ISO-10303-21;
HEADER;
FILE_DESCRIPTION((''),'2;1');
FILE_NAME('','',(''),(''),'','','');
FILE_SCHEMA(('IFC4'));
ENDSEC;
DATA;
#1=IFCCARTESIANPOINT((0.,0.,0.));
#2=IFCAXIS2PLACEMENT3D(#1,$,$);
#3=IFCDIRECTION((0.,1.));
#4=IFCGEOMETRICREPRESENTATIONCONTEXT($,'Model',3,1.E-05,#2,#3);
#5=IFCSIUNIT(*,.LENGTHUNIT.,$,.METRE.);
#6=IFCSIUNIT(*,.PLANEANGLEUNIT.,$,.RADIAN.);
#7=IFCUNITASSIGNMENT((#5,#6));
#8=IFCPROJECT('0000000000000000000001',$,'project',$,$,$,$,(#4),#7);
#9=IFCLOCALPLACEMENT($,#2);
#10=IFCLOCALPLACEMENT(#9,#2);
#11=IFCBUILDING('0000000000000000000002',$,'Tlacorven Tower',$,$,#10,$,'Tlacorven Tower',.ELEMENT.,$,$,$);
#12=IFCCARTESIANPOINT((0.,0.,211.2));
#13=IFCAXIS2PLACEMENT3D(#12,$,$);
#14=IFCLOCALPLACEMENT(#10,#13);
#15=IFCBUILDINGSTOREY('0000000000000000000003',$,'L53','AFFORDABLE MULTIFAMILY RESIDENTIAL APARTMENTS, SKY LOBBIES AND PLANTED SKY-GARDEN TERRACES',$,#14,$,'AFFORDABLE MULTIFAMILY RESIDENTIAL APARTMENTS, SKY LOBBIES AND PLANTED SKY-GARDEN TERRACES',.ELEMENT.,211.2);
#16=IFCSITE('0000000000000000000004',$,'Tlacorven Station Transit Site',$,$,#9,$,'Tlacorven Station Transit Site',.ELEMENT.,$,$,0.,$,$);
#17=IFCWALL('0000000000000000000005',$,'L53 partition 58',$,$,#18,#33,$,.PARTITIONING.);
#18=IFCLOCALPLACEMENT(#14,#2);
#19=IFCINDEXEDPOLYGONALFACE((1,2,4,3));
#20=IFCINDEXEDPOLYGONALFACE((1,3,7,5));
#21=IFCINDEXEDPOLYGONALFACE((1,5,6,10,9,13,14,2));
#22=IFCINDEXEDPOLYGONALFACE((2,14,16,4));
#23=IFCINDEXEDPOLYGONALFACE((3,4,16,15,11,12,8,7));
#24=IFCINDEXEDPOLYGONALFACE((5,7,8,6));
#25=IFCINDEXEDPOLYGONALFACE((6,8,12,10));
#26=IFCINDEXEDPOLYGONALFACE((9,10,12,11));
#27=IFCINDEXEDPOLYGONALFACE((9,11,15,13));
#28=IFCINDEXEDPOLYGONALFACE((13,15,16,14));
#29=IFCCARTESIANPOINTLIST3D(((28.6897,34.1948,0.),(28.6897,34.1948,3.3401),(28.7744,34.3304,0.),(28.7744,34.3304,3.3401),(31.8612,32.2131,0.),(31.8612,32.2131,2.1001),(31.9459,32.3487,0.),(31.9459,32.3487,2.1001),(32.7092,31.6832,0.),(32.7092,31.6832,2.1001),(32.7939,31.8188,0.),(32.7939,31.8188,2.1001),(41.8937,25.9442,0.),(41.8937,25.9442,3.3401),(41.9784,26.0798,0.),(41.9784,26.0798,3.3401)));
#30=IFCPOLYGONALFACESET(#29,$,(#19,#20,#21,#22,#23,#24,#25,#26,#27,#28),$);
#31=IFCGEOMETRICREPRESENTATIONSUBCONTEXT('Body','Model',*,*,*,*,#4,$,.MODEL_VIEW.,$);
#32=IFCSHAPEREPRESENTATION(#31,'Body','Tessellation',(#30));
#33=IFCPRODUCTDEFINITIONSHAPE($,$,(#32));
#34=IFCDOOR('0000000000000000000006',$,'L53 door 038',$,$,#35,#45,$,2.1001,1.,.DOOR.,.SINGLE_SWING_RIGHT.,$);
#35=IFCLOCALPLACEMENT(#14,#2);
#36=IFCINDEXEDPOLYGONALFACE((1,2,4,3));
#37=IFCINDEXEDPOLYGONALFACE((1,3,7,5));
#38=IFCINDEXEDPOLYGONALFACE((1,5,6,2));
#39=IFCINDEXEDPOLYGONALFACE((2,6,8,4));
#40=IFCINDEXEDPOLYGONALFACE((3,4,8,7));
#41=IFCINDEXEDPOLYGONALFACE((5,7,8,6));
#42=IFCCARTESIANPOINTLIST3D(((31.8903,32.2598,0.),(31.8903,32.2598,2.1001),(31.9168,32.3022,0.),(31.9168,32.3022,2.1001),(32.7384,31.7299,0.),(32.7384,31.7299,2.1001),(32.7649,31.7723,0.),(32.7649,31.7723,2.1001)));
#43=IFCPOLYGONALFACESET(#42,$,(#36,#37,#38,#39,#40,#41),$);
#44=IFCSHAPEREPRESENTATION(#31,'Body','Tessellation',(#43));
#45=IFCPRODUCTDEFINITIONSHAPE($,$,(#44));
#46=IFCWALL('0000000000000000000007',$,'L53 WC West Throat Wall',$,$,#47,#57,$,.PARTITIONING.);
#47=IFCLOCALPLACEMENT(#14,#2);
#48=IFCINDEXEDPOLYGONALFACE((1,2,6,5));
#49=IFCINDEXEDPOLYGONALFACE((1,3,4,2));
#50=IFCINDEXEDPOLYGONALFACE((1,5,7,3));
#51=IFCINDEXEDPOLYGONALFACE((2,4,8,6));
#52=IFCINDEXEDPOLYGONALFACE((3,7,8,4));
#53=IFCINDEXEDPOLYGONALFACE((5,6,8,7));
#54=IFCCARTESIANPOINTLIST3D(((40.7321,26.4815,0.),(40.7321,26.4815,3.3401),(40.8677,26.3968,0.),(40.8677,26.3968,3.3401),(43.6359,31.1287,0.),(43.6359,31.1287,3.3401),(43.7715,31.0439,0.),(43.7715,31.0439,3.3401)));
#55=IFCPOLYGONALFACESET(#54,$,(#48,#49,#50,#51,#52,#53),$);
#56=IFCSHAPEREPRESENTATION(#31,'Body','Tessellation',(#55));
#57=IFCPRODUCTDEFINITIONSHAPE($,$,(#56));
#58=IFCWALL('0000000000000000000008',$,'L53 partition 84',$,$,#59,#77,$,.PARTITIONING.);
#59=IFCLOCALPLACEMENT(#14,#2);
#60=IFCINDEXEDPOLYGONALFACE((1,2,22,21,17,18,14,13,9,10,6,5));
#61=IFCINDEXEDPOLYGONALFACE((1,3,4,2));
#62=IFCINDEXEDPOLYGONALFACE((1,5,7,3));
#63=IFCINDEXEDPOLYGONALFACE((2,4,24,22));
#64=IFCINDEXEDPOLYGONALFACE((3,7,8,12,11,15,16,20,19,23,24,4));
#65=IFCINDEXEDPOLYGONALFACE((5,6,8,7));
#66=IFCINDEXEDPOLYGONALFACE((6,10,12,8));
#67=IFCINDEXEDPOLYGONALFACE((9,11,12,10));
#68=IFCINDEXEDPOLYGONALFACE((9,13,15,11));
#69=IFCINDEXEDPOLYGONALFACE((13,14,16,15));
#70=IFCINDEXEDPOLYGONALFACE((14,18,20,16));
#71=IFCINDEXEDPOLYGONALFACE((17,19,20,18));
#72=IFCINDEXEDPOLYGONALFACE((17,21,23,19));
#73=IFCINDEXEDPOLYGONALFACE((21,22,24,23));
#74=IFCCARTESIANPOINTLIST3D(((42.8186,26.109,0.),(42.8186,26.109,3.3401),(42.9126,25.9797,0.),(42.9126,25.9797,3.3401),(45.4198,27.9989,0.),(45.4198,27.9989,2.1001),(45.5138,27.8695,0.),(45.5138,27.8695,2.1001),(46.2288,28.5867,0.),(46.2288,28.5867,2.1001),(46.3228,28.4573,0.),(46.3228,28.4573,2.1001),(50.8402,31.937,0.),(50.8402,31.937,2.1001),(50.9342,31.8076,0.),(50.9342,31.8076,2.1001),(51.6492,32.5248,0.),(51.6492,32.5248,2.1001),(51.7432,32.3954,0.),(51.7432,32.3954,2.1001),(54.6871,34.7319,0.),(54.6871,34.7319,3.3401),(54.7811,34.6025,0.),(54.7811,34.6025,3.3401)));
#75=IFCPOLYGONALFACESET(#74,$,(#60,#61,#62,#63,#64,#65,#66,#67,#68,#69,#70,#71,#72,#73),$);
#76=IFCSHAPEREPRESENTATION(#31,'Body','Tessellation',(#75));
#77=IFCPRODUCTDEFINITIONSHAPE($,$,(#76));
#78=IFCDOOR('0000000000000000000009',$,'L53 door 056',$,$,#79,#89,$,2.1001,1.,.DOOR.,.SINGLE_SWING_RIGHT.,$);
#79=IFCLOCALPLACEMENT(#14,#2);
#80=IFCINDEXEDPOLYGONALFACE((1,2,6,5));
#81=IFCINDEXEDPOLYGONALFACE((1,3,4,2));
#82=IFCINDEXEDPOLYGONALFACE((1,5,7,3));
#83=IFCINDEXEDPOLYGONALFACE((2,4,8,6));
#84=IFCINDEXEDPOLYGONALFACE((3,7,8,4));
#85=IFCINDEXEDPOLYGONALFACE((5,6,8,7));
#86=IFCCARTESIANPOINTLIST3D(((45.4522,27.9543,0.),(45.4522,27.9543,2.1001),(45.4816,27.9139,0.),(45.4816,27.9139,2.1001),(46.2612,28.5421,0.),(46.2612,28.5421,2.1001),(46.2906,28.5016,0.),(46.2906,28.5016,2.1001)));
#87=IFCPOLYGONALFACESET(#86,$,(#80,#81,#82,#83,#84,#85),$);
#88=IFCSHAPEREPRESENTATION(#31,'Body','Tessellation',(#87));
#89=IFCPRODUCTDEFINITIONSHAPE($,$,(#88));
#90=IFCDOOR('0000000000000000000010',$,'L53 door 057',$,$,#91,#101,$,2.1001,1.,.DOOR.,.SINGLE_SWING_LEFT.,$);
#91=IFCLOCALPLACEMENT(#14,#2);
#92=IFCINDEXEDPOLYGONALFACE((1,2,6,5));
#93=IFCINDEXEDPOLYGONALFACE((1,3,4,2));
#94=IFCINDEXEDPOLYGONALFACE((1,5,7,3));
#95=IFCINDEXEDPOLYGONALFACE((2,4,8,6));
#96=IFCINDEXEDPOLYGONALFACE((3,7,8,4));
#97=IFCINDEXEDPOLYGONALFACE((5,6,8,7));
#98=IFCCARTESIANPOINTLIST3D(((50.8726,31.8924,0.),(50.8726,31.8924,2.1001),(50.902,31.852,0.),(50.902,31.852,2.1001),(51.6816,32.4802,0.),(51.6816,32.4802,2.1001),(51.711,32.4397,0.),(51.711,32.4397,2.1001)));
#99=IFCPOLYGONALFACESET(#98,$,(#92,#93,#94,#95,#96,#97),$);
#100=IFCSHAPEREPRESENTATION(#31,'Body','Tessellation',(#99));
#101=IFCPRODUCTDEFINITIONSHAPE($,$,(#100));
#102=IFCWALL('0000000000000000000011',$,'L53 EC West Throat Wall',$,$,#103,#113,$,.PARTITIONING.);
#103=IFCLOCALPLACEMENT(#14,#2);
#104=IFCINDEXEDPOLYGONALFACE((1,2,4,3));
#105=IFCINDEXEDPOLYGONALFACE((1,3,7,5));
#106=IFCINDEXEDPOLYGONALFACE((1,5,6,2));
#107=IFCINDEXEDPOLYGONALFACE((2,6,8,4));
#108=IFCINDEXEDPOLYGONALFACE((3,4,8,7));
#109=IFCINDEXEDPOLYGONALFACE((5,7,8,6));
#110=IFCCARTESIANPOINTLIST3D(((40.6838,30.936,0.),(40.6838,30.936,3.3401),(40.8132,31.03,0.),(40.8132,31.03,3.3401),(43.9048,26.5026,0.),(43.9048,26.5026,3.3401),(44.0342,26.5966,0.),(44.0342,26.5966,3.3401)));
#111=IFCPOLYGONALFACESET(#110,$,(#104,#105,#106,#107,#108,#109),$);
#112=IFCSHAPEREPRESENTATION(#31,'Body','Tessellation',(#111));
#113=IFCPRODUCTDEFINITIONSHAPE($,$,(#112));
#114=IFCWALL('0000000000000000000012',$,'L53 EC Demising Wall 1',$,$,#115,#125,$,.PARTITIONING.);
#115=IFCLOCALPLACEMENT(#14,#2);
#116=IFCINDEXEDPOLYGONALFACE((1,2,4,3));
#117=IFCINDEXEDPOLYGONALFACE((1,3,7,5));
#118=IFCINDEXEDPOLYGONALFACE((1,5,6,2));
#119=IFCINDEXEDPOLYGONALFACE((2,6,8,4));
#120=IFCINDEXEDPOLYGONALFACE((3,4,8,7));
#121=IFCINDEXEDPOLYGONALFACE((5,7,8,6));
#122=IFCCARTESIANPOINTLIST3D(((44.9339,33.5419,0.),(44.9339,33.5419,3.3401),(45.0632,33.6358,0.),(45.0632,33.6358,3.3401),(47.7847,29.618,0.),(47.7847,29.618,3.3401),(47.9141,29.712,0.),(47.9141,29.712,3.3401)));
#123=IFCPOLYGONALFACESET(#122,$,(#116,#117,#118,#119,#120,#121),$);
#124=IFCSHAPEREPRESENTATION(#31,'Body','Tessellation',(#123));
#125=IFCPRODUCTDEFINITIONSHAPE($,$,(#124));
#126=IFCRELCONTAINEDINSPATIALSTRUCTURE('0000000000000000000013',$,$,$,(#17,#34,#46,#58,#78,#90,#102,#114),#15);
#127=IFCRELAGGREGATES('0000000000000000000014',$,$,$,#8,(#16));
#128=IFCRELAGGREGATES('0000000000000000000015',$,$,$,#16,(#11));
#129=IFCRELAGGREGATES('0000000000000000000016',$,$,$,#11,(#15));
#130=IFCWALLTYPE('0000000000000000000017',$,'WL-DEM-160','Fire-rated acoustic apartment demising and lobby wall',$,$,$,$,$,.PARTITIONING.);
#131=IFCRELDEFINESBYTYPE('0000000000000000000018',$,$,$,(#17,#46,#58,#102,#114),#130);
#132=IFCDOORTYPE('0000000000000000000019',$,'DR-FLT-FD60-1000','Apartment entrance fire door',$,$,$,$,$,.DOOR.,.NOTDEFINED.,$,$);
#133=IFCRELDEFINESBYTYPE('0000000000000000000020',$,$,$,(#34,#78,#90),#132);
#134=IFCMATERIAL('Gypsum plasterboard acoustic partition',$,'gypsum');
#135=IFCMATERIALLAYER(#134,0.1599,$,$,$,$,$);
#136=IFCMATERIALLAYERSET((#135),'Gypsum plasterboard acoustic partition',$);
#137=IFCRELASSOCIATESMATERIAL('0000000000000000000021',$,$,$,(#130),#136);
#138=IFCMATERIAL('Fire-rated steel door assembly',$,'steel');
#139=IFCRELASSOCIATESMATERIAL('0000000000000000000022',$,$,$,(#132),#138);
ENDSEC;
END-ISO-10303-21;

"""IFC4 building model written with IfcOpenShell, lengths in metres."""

from ifc_helpers import new_model, si_unit, direction, frame, frame_2d, origin, place, context, subcontext, project, spatial, rectangle, extrude, source, transform, mapped, material, layer, layer_set, type_object, element, fill, save


model = new_model("IFC4")

# Units and contexts
model_context = context("Model", 3, precision=1e-05, world=origin(), true_north=direction((0.0, 1.0)))
body_context = subcontext(model_context, "Body", "Model", "MODEL_VIEW")
ifc_project = project(units=[si_unit("LENGTHUNIT", "METRE"), si_unit("PLANEANGLEUNIT", "RADIAN")], contexts=[model_context])

# Site, building, storey
site_placement = place(None, origin())
site = spatial("IfcSite", under=ifc_project, at=site_placement, Name="Tlacorven Station Transit Site", LongName="Tlacorven Station Transit Site", CompositionType="ELEMENT", RefElevation=0.0)
building_placement = place(site_placement, origin())
building = spatial("IfcBuilding", under=site, at=building_placement, Name="Tlacorven Tower", LongName="Tlacorven Tower", CompositionType="ELEMENT")
storey_placement = place(building_placement, frame((0.0, 0.0, 211.2)))
storey = spatial("IfcBuildingStorey", under=building, at=storey_placement, Name="L53", Description="AFFORDABLE MULTIFAMILY RESIDENTIAL APARTMENTS, SKY LOBBIES AND PLANTED SKY-GARDEN TERRACES", LongName="AFFORDABLE MULTIFAMILY RESIDENTIAL APARTMENTS, SKY LOBBIES AND PLANTED SKY-GARDEN TERRACES", CompositionType="ELEMENT", Elevation=211.2)

# Wall, opening, door
ifc_material_1 = material(Name="Gypsum plasterboard acoustic partition", Category="gypsum")
ifc_layer_1 = layer(ifc_material_1, 0.1599)
ifc_layer_set_1 = layer_set([ifc_layer_1], Name="Gypsum plasterboard acoustic partition")
wall_type_1 = type_object("IfcWallType", Name="WL-DEM-160", Description="Fire-rated acoustic apartment demising and lobby wall", PredefinedType="PARTITIONING", material=ifc_layer_set_1)
wall_1_placement = place(storey_placement, frame((41.936, 26.012, 0.0), z_axis=(0.0, 0.0, 1.0), x_axis=(-0.848051, 0.529914, 0.0)))
wall_1 = element("IfcWall", 1, at=wall_1_placement, inside=storey, type_object=wall_type_1, Name="L53 partition 58", PredefinedType="PARTITIONING", context=body_context, shape_type="SweptSolid", body=[
    extrude(rectangle(XDim=15.5698, YDim=0.1599, at=frame_2d((7.7849, 0.0))), origin(), (0.0, 0.0, 1.0), 3.3401),
])
opening_1_placement = place(wall_1_placement, frame((10.8301, 0.0, 0.0)))
opening_1 = element("IfcOpeningElement", 2, at=opening_1_placement, cuts=wall_1, PredefinedType="OPENING", context=body_context, shape_type="SweptSolid", body=[
    extrude(rectangle(XDim=1.0, YDim=2.1001, at=frame_2d((0.5, 1.05))), frame((0.0, 0.0898, 0.0), z_axis=(0.0, -1.0, 0.0), x_axis=(1.0, 0.0, 0.0)), (0.0, 0.0, 1.0), 0.1799),
])
ifc_material_2 = material(Name="Fire-rated steel door assembly", Category="steel")
door_type_1 = type_object("IfcDoorType", Name="DR-FLT-FD60-1000", Description="Apartment entrance fire door", OperationType="NOTDEFINED", PredefinedType="DOOR", material=ifc_material_2)
shared_shape_1 = source(origin(), body_context, "Body", "SweptSolid", [
    extrude(rectangle(XDim=1.0, YDim=2.1001, at=frame_2d((0.5, 1.05))), frame((0.0, 0.0249, 0.0), z_axis=(0.0, -1.0, 0.0), x_axis=(1.0, 0.0, 0.0)), (0.0, 0.0, 1.0), 0.05),
])
door_1_placement = place(opening_1_placement, origin())
door_1 = element("IfcDoor", 3, at=door_1_placement, inside=storey, type_object=door_type_1, Name="L53 door 038", OperationType="SINGLE_SWING_RIGHT", OverallHeight=2.1001, OverallWidth=1.0, PredefinedType="DOOR", context=body_context, shape_type="MappedRepresentation", body=[
    mapped(shared_shape_1, transform((0.0, 0.0, 0.0), scale=1.0)),
])
fill(opening_1, door_1)

# Wall
wall_2_placement = place(storey_placement, frame((43.7036, 31.0862, 0.0), z_axis=(0.0, 0.0, 1.0), x_axis=(-0.529907, -0.848056, 0.0)))
element("IfcWall", 4, at=wall_2_placement, inside=storey, type_object=wall_type_1, Name="L53 WC West Throat Wall", PredefinedType="PARTITIONING", context=body_context, shape_type="SweptSolid", body=[
    extrude(rectangle(XDim=5.4797, YDim=0.1599, at=frame_2d((2.7397, 0.0))), origin(), (0.0, 0.0, 1.0), 3.3401),
])

# Wall, openings, doors
wall_3_placement = place(storey_placement, frame((42.8657, 26.0444, 0.0), z_axis=(0.0, 0.0, 1.0), x_axis=(0.80902, 0.587781, 0.0)))
wall_3 = element("IfcWall", 5, at=wall_3_placement, inside=storey, type_object=wall_type_1, Name="L53 partition 84", PredefinedType="PARTITIONING", context=body_context, shape_type="SweptSolid", body=[
    extrude(rectangle(XDim=14.6702, YDim=0.1599, at=frame_2d((7.335, 0.0))), origin(), (0.0, 0.0, 1.0), 3.3401),
])
opening_2_placement = place(wall_3_placement, frame((3.2151, 0.0, 0.0)))
opening_2 = element("IfcOpeningElement", 6, at=opening_2_placement, cuts=wall_3, PredefinedType="OPENING", context=body_context, shape_type="SweptSolid", body=[
    extrude(rectangle(XDim=1.0, YDim=2.1001, at=frame_2d((0.5, 1.05))), frame((0.0, 0.0898, 0.0), z_axis=(0.0, -1.0, 0.0), x_axis=(1.0, 0.0, 0.0)), (0.0, 0.0, 1.0), 0.1799),
])
opening_3_placement = place(wall_3_placement, frame((9.915, 0.0, 0.0)))
opening_3 = element("IfcOpeningElement", 7, at=opening_3_placement, cuts=wall_3, PredefinedType="OPENING", context=body_context, shape_type="SweptSolid", body=[
    extrude(rectangle(XDim=1.0, YDim=2.1001, at=frame_2d((0.5, 1.05))), frame((0.0, 0.0898, 0.0), z_axis=(0.0, -1.0, 0.0), x_axis=(1.0, 0.0, 0.0)), (0.0, 0.0, 1.0), 0.1799),
])
door_2_placement = place(opening_2_placement, origin())
door_2 = element("IfcDoor", 8, at=door_2_placement, inside=storey, type_object=door_type_1, Name="L53 door 056", OperationType="SINGLE_SWING_RIGHT", OverallHeight=2.1001, OverallWidth=1.0, PredefinedType="DOOR", context=body_context, shape_type="MappedRepresentation", body=[
    mapped(shared_shape_1, transform((0.0, 0.0, 0.0), scale=1.0)),
])
fill(opening_2, door_2)
door_3_placement = place(opening_3_placement, origin())
door_3 = element("IfcDoor", 9, at=door_3_placement, inside=storey, type_object=door_type_1, Name="L53 door 057", OperationType="SINGLE_SWING_LEFT", OverallHeight=2.1001, OverallWidth=1.0, PredefinedType="DOOR", context=body_context, shape_type="MappedRepresentation", body=[
    mapped(shared_shape_1, transform((0.0, 0.0, 0.0), scale=1.0)),
])
fill(opening_3, door_3)

# Walls
wall_4_placement = place(storey_placement, frame((43.9695, 26.5496, 0.0), z_axis=(0.0, 0.0, 1.0), x_axis=(-0.587777, 0.809023, 0.0)))
element("IfcWall", 10, at=wall_4_placement, inside=storey, type_object=wall_type_1, Name="L53 EC West Throat Wall", PredefinedType="PARTITIONING", context=body_context, shape_type="SweptSolid", body=[
    extrude(rectangle(XDim=5.48, YDim=0.1599, at=frame_2d((2.74, 0.0))), origin(), (0.0, 0.0, 1.0), 3.3401),
])
wall_5_placement = place(storey_placement, frame((47.8494, 29.665, 0.0), z_axis=(0.0, 0.0, 1.0), x_axis=(-0.587786, 0.809017, 0.0)))
element("IfcWall", 11, at=wall_5_placement, inside=storey, type_object=wall_type_1, Name="L53 EC Demising Wall 1", PredefinedType="PARTITIONING", context=body_context, shape_type="SweptSolid", body=[
    extrude(rectangle(XDim=4.8501, YDim=0.1599, at=frame_2d((2.425, 0.0))), origin(), (0.0, 0.0, 1.0), 3.3401),
])

save(model, "model.ifc")
